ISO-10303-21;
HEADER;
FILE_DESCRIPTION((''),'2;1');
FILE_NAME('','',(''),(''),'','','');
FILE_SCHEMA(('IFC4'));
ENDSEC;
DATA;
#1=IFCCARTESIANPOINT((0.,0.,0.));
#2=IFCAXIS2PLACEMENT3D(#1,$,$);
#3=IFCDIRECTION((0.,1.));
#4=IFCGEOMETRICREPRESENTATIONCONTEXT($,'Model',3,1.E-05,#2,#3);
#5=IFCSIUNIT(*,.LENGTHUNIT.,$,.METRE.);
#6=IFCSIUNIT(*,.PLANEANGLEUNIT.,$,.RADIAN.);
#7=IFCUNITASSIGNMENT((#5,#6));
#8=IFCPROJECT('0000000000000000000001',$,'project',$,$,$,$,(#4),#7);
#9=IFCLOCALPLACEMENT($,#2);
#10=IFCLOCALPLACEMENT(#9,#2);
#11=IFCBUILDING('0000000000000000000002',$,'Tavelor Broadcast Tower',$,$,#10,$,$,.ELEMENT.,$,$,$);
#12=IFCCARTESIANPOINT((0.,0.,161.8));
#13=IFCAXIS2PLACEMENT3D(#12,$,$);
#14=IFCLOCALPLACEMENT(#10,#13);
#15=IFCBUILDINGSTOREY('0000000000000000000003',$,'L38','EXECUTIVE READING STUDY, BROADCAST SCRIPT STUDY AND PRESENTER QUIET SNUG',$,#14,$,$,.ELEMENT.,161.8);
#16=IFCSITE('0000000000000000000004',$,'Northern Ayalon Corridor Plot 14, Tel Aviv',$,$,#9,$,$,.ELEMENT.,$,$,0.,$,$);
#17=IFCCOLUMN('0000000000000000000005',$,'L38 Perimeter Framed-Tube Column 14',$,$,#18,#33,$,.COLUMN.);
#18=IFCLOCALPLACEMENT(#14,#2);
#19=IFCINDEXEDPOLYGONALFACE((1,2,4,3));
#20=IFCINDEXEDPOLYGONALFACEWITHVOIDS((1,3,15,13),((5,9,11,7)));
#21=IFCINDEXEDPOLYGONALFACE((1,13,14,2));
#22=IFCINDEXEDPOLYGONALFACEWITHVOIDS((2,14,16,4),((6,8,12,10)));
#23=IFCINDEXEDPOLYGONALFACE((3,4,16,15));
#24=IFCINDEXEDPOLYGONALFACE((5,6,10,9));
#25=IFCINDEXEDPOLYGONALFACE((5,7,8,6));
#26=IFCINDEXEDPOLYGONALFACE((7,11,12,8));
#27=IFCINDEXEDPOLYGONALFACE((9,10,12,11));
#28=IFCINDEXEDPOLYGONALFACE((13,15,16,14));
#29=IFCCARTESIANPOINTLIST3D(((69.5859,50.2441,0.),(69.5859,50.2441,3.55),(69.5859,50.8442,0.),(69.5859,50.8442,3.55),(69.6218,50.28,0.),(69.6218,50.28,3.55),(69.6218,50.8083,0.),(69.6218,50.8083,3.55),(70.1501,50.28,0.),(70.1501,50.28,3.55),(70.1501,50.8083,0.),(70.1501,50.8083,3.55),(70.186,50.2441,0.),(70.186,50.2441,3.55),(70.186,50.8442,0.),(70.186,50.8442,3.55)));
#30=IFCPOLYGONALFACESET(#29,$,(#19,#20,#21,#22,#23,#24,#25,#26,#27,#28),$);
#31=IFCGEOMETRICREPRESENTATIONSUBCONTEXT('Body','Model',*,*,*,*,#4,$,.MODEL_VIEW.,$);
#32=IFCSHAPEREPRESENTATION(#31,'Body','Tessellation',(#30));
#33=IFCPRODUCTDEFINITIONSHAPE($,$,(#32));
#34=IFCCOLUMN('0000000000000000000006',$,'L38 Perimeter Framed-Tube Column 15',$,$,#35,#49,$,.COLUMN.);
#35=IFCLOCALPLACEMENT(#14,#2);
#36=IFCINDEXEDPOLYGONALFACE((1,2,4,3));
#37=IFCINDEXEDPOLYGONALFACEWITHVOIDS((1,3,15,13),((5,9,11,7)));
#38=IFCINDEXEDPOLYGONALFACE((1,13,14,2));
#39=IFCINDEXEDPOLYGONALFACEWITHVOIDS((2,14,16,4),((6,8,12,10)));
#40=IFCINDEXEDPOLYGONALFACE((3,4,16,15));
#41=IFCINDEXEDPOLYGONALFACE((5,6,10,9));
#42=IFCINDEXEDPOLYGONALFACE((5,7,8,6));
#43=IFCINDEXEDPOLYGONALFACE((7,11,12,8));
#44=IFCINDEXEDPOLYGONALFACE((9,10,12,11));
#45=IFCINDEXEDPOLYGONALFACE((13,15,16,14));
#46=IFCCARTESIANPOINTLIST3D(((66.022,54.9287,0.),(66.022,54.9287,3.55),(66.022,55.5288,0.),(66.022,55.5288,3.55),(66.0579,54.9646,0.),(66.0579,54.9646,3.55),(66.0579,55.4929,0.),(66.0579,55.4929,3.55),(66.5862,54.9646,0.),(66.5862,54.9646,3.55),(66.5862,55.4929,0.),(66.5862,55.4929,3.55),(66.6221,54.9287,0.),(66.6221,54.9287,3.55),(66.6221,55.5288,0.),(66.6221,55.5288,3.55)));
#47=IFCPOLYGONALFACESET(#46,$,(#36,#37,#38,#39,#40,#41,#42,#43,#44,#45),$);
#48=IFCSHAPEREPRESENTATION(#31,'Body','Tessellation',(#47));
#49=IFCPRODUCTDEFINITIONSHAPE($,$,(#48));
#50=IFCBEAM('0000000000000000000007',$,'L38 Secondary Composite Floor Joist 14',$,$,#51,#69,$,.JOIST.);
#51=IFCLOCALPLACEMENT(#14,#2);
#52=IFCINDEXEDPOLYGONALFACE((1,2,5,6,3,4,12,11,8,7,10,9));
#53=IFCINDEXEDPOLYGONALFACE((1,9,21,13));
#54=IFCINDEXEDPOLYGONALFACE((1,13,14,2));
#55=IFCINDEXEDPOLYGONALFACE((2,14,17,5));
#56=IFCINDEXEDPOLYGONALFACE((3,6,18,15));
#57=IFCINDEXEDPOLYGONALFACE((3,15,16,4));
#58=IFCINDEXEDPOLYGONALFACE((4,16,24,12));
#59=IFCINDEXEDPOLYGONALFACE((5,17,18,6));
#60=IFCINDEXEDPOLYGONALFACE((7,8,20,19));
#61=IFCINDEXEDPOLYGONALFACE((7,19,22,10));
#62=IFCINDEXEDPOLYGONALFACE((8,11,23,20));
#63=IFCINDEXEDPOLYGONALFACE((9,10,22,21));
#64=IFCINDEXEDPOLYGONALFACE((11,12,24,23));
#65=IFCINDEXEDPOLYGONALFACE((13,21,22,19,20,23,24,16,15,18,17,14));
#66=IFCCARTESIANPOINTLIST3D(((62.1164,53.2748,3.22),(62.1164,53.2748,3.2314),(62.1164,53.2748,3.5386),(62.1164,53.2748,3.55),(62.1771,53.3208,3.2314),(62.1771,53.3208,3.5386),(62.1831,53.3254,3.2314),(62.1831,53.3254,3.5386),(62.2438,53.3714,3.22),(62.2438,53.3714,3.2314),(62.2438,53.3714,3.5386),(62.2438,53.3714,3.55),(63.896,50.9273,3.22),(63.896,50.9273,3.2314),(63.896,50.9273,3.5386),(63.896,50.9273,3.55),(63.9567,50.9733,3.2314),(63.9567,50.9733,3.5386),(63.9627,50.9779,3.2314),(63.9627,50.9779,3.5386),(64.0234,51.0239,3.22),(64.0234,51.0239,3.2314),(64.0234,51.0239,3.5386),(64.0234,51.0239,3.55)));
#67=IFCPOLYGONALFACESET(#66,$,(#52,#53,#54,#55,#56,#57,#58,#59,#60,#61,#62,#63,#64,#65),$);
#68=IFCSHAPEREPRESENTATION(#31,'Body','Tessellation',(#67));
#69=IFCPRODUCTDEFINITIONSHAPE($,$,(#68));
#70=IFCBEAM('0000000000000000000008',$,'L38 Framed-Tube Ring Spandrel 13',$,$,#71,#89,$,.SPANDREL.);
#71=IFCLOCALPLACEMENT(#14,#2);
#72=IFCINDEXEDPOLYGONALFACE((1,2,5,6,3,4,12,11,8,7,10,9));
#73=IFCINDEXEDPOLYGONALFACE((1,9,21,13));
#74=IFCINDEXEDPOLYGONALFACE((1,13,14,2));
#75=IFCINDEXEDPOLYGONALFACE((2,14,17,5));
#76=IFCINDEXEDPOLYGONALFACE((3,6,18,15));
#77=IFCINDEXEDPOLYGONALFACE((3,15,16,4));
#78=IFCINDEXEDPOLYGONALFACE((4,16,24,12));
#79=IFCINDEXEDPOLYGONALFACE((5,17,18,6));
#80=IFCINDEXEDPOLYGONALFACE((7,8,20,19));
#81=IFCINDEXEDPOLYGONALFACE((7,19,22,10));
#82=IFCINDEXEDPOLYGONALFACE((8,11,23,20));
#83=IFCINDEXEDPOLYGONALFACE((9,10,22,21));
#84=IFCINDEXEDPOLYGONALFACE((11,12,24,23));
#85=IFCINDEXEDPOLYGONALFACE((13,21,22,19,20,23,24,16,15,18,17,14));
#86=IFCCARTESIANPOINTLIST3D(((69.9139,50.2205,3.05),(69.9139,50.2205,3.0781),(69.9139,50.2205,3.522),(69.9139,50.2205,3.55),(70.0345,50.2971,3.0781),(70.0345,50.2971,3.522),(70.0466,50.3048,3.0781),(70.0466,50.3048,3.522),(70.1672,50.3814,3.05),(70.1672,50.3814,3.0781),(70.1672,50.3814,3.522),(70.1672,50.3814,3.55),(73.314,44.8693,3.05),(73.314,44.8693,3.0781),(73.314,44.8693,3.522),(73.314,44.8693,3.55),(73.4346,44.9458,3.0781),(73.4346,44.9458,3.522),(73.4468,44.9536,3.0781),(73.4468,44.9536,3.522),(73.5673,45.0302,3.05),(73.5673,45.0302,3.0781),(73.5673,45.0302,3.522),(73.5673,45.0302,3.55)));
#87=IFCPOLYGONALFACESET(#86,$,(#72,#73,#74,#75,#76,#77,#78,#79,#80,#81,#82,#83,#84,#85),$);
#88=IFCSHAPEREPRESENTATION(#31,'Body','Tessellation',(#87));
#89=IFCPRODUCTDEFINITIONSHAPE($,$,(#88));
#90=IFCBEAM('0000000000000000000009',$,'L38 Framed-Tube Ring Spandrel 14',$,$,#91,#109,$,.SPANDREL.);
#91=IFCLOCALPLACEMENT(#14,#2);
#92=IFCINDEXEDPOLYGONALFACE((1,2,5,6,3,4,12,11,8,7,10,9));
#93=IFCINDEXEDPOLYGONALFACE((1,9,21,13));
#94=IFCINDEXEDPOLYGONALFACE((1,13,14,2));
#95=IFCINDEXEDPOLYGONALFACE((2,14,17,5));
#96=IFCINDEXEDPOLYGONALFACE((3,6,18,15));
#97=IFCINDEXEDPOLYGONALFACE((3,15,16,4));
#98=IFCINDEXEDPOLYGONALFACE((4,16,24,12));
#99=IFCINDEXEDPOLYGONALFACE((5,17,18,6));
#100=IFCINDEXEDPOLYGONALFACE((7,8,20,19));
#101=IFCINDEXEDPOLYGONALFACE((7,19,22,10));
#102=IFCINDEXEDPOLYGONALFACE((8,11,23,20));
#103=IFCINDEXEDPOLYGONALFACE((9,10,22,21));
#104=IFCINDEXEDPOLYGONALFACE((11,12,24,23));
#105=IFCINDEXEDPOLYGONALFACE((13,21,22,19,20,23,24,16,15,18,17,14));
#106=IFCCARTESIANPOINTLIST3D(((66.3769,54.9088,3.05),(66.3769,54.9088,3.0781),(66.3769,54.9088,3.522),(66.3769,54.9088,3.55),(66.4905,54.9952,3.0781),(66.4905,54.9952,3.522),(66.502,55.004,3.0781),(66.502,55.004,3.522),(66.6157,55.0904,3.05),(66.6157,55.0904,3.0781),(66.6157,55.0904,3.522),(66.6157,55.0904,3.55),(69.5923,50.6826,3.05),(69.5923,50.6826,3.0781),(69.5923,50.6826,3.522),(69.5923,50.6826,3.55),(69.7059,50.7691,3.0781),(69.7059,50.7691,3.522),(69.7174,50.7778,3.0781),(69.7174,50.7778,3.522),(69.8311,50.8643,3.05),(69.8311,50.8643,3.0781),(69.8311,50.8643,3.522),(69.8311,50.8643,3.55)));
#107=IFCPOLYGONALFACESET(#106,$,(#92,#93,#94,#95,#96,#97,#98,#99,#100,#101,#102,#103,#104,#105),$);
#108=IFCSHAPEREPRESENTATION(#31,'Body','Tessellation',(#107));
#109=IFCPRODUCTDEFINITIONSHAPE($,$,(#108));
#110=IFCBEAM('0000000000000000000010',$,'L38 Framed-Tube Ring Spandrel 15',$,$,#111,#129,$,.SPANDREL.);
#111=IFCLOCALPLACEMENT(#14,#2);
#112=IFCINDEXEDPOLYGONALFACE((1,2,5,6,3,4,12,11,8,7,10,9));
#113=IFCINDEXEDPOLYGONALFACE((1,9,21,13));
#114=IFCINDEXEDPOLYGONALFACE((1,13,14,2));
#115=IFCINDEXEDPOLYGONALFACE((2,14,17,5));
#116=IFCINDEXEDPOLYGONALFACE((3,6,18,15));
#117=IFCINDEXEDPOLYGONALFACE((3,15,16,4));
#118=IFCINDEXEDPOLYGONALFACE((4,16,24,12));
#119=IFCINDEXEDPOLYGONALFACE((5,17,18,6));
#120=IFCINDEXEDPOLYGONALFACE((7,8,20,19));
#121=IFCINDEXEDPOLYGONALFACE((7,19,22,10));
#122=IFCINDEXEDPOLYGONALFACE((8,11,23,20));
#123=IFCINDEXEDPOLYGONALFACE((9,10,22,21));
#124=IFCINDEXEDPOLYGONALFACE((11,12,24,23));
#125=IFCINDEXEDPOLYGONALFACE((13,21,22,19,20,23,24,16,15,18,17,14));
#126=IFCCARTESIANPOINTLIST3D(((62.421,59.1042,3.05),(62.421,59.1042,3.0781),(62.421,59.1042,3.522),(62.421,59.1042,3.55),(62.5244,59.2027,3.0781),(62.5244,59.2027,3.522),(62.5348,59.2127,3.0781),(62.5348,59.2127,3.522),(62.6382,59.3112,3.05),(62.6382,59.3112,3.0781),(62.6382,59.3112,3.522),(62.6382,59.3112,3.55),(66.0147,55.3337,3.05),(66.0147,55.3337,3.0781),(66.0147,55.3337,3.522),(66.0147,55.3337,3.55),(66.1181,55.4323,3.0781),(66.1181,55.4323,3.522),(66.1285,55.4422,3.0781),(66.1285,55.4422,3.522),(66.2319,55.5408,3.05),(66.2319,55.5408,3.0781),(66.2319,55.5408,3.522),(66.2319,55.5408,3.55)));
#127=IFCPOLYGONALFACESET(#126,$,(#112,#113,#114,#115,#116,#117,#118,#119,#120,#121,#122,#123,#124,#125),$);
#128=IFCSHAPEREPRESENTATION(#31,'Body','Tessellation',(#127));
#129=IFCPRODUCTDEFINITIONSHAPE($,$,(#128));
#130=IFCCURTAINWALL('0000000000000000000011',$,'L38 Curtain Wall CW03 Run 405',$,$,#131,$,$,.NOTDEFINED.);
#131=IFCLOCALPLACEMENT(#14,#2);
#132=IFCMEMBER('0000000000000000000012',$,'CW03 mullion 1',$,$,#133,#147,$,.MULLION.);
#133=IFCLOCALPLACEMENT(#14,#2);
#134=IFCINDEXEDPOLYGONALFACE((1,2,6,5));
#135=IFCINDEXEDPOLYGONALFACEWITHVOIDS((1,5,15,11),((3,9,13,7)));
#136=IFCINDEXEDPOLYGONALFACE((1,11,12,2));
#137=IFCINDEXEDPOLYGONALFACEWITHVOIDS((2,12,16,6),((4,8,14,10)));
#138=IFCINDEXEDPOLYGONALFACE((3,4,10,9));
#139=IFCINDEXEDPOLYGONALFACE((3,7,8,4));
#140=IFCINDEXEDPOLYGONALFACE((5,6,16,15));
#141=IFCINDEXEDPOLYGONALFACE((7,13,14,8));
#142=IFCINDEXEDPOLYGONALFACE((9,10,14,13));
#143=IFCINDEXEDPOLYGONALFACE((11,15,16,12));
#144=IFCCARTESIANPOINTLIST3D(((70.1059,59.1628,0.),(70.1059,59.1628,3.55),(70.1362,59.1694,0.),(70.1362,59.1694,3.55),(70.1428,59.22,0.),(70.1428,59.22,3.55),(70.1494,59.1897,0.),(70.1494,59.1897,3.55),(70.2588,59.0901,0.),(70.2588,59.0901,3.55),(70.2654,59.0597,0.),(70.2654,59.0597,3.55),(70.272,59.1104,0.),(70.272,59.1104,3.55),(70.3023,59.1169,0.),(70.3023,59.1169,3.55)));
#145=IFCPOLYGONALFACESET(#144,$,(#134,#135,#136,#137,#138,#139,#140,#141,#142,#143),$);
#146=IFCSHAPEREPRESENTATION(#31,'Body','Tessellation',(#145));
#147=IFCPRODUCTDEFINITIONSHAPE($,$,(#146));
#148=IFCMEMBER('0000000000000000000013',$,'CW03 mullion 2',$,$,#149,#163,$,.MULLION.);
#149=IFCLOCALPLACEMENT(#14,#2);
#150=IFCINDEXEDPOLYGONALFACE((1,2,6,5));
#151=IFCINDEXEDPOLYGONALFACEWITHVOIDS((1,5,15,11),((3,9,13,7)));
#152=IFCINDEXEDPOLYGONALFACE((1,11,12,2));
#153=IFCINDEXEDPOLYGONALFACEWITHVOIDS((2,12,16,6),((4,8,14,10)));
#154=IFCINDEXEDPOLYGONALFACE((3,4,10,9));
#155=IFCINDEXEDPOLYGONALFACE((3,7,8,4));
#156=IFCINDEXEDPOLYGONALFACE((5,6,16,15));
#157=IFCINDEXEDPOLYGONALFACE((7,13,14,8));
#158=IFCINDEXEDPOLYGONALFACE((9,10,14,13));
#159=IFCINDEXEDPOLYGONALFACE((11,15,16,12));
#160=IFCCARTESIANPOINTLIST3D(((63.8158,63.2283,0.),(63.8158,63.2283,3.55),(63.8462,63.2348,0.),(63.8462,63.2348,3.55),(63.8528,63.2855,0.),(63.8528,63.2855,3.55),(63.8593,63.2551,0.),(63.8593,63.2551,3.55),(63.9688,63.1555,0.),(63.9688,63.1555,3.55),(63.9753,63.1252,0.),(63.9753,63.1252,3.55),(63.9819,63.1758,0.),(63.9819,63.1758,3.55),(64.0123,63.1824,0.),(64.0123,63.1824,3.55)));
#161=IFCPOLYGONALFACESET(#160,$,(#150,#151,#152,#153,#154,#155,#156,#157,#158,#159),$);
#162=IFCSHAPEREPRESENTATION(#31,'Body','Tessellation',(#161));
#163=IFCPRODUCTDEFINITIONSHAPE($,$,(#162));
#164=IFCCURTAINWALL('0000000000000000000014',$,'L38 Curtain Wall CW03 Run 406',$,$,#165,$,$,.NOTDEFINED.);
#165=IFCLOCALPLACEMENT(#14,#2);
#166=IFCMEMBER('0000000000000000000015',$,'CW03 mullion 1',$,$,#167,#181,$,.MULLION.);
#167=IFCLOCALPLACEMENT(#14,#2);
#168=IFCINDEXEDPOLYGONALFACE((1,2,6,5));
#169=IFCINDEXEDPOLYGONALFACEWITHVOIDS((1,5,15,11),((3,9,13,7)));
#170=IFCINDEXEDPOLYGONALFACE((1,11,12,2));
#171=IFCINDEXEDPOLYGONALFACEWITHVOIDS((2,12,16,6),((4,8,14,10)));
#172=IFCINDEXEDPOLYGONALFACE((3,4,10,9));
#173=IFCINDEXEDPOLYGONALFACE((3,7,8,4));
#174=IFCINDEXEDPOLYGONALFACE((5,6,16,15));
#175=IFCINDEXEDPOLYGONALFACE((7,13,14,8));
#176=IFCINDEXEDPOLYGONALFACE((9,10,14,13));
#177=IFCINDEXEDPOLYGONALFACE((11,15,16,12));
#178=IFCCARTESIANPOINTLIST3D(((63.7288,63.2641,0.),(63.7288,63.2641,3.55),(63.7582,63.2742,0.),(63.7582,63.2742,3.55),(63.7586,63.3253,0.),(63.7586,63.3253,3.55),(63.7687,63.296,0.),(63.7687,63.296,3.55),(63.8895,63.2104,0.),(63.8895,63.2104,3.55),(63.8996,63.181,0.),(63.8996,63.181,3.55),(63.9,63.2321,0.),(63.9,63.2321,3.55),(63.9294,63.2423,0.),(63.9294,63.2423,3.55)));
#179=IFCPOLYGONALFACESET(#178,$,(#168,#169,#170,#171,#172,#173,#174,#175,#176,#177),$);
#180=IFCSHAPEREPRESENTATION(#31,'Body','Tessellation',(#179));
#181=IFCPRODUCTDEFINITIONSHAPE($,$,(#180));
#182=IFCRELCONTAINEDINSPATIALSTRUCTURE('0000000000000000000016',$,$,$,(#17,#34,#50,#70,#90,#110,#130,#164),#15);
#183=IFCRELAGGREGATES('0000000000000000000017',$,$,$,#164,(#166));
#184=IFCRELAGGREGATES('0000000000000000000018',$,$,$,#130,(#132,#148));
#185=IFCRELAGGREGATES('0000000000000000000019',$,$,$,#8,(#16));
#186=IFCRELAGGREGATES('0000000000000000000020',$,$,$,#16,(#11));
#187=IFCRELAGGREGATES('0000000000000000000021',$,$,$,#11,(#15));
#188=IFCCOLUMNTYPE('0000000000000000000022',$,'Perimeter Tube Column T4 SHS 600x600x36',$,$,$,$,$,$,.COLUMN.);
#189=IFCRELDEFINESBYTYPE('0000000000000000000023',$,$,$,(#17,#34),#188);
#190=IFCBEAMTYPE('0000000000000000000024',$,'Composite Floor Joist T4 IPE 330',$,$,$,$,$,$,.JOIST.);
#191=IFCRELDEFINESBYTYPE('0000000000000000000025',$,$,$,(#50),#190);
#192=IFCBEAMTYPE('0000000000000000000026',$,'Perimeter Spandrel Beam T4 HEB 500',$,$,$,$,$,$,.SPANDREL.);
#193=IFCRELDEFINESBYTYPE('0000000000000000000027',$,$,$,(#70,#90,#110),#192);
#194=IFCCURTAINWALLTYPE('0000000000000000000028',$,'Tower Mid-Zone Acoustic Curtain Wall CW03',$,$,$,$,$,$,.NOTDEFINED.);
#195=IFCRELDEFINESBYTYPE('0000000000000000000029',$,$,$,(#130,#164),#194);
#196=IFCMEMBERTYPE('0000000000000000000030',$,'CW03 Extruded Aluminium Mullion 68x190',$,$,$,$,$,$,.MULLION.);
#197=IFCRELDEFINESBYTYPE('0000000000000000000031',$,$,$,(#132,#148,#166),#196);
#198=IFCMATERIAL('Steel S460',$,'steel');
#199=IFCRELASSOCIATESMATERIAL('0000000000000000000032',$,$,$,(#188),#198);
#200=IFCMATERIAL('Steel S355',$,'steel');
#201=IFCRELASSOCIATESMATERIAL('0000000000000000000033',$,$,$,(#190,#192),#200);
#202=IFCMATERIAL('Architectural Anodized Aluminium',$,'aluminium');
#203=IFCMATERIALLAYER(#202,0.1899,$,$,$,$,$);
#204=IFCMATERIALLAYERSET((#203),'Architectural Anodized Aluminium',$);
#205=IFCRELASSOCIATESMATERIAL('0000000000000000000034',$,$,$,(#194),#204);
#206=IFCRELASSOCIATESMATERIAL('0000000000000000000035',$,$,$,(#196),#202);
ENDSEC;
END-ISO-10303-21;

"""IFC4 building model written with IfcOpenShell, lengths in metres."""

from ifc_helpers import new_model, si_unit, direction, frame, origin, origin_2d, place, context, subcontext, project, spatial, hollow_rectangle, i_section, extrude, source, transform, mapped, material, layer, layer_set, material_profile, profile_set, type_object, type_shapes, element, aggregate, save


model = new_model("IFC4")

# Units and contexts
model_context = context("Model", 3, precision=1e-05, world=origin(), true_north=direction((0.0, 1.0)))
body_context = subcontext(model_context, "Body", "Model", "MODEL_VIEW")
ifc_project = project(units=[si_unit("LENGTHUNIT", "METRE"), si_unit("PLANEANGLEUNIT", "RADIAN")], contexts=[model_context])

# Site, building, storey
site_placement = place(None, origin())
site = spatial("IfcSite", under=ifc_project, at=site_placement, Name="Northern Ayalon Corridor Plot 14, Tel Aviv", CompositionType="ELEMENT", RefElevation=0.0)
building_placement = place(site_placement, origin())
building = spatial("IfcBuilding", under=site, at=building_placement, Name="Tavelor Broadcast Tower", CompositionType="ELEMENT")
storey_placement = place(building_placement, frame((0.0, 0.0, 161.8)))
storey = spatial("IfcBuildingStorey", under=building, at=storey_placement, Name="L38", Description="EXECUTIVE READING STUDY, BROADCAST SCRIPT STUDY AND PRESENTER QUIET SNUG", CompositionType="ELEMENT", Elevation=161.8)

# Columns
ifc_material_1 = material(Name="Steel S460", Category="steel")
ifc_material_profile_1 = material_profile(ifc_material_1, hollow_rectangle(XDim=0.6001, YDim=0.6001, WallThickness=0.0359, at=origin_2d()), Name="SHS 600x600x36")
ifc_profile_set_1 = profile_set([ifc_material_profile_1], Name="Steel S460")
column_type = type_object("IfcColumnType", Name="Perimeter Tube Column T4 SHS 600x600x36", PredefinedType="COLUMN", material=ifc_profile_set_1)
for number, where, z_axis, x_axis, name in (
    (1, (69.886, 50.5442, 0.0), (0.0, 0.0, 1.0), (1.0, 0.0, 0.0), "L38 Perimeter Framed-Tube Column 14"),
    (2, (66.322, 55.2288, 0.0), (0.0, 0.0, 1.0), (1.0, 0.0, 0.0), "L38 Perimeter Framed-Tube Column 15"),
):
    element("IfcColumn", number, at=place(storey_placement, frame(where, z_axis=z_axis, x_axis=x_axis)), inside=storey, type_object=column_type, Name=name, PredefinedType="COLUMN", context=body_context, shape_type="SweptSolid", body=[
        extrude(hollow_rectangle(XDim=0.6001, YDim=0.6001, WallThickness=0.0359, at=origin_2d()), origin(), (0.0, 0.0, 1.0), 3.55),
    ])

# Beams
ifc_material_2 = material(Name="Steel S355", Category="steel")
ifc_material_profile_2 = material_profile(ifc_material_2, i_section(OverallWidth=0.1599, OverallDepth=0.3301, WebThickness=0.0076, FlangeThickness=0.0115, at=origin_2d()), Name="IPE 330")
ifc_profile_set_2 = profile_set([ifc_material_profile_2], Name="Steel S355")
beam_type_1 = type_object("IfcBeamType", Name="Composite Floor Joist T4 IPE 330", PredefinedType="JOIST", material=ifc_profile_set_2)
beam_1_placement = place(storey_placement, frame((63.9597, 50.9756, 3.385), z_axis=(-0.604116, 0.796896, 0.0), x_axis=(-0.796896, -0.604116, 0.0)))
element("IfcBeam", 3, at=beam_1_placement, inside=storey, type_object=beam_type_1, Name="L38 Secondary Composite Floor Joist 14", PredefinedType="JOIST", context=body_context, shape_type="SweptSolid", body=[
    extrude(i_section(OverallWidth=0.1599, OverallDepth=0.3301, WebThickness=0.0076, FlangeThickness=0.0115, at=origin_2d()), origin(), (0.0, 0.0, 1.0), 2.9458),
])
ifc_material_profile_3 = material_profile(ifc_material_2, i_section(OverallWidth=0.3, OverallDepth=0.5, WebThickness=0.0144, FlangeThickness=0.0281, at=origin_2d()), Name="HEB 500")
ifc_profile_set_3 = profile_set([ifc_material_profile_3], Name="Steel S355")
beam_type_2 = type_object("IfcBeamType", Name="Perimeter Spandrel Beam T4 HEB 500", PredefinedType="SPANDREL", material=ifc_profile_set_3)
beam_2_placement = place(storey_placement, frame((73.4407, 44.9497, 3.3), z_axis=(-0.536287, 0.844035, 0.0), x_axis=(-0.844035, -0.536287, 0.0)))
element("IfcBeam", 4, at=beam_2_placement, inside=storey, type_object=beam_type_2, Name="L38 Framed-Tube Ring Spandrel 13", PredefinedType="SPANDREL", context=body_context, shape_type="SweptSolid", body=[
    extrude(i_section(OverallWidth=0.3, OverallDepth=0.5, WebThickness=0.0144, FlangeThickness=0.0281, at=origin_2d()), origin(), (0.0, 0.0, 1.0), 6.3401),
])
beam_3_placement = place(storey_placement, frame((69.7117, 50.7734, 3.3), z_axis=(-0.605503, 0.795843, 0.0), x_axis=(-0.795843, -0.605503, 0.0)))
element("IfcBeam", 5, at=beam_3_placement, inside=storey, type_object=beam_type_2, Name="L38 Framed-Tube Ring Spandrel 14", PredefinedType="SPANDREL", context=body_context, shape_type="SweptSolid", body=[
    extrude(i_section(OverallWidth=0.3, OverallDepth=0.5, WebThickness=0.0144, FlangeThickness=0.0281, at=origin_2d()), origin(), (0.0, 0.0, 1.0), 5.3103),
])
beam_4_placement = place(storey_placement, frame((66.1233, 55.4373, 3.3), z_axis=(-0.689936, 0.72387, 0.0), x_axis=(-0.72387, -0.689936, 0.0)))
element("IfcBeam", 6, at=beam_4_placement, inside=storey, type_object=beam_type_2, Name="L38 Framed-Tube Ring Spandrel 15", PredefinedType="SPANDREL", context=body_context, shape_type="SweptSolid", body=[
    extrude(i_section(OverallWidth=0.3, OverallDepth=0.5, WebThickness=0.0144, FlangeThickness=0.0281, at=origin_2d()), origin(), (0.0, 0.0, 1.0), 5.2087),
])

# Curtain wall, members
ifc_material_3 = material(Name="Architectural Anodized Aluminium", Category="aluminium")
ifc_layer_1 = layer(ifc_material_3, 0.1899)
ifc_layer_set_1 = layer_set([ifc_layer_1], Name="Architectural Anodized Aluminium")
curtain_wall_type = type_object("IfcCurtainWallType", Name="Tower Mid-Zone Acoustic Curtain Wall CW03", PredefinedType="NOTDEFINED", material=ifc_layer_set_1)
curtain_wall_1_placement = place(storey_placement, origin())
curtain_wall_1 = element("IfcCurtainWall", 7, at=curtain_wall_1_placement, inside=storey, type_object=curtain_wall_type, Name="L38 Curtain Wall CW03 Run 405", PredefinedType="NOTDEFINED")
ifc_material_profile_4 = material_profile(ifc_material_3, hollow_rectangle(XDim=0.0681, YDim=0.1899, WallThickness=0.022, at=origin_2d()), Name="RHS 68x190x22")
ifc_profile_set_4 = profile_set([ifc_material_profile_4], Name="Architectural Anodized Aluminium")
member_type_1 = type_object("IfcMemberType", Name="CW03 Extruded Aluminium Mullion 68x190", PredefinedType="MULLION", material=ifc_profile_set_4)
shared_shape_1 = source(origin(), body_context, "Body", "SweptSolid", [
    extrude(hollow_rectangle(XDim=0.0681, YDim=0.1899, WallThickness=0.022, at=origin_2d()), origin(), (0.0, 0.0, 1.0), 3.55),
])
type_shapes(member_type_1, [shared_shape_1])
member_1_placement = place(storey_placement, frame((70.2041, 59.1399, 0.0), z_axis=(0.0, 0.0, 1.0), x_axis=(-0.542818, -0.83985, 0.0)))
member_1 = element("IfcMember", 8, at=member_1_placement, type_object=member_type_1, Name="CW03 mullion 1", PredefinedType="MULLION", context=body_context, shape_type="MappedRepresentation", body=[
    mapped(shared_shape_1, transform((0.0, 0.0, 0.0), scale=1.0)),
])
member_2_placement = place(storey_placement, frame((63.9141, 63.2053, 0.0), z_axis=(0.0, 0.0, 1.0), x_axis=(-0.542818, -0.83985, 0.0)))
member_2 = element("IfcMember", 9, at=member_2_placement, type_object=member_type_1, Name="CW03 mullion 2", PredefinedType="MULLION", context=body_context, shape_type="MappedRepresentation", body=[
    mapped(shared_shape_1, transform((0.0, 0.0, 0.0), scale=1.0)),
])

# Curtain wall, member
curtain_wall_2_placement = place(storey_placement, origin())
curtain_wall_2 = element("IfcCurtainWall", 10, at=curtain_wall_2_placement, inside=storey, type_object=curtain_wall_type, Name="L38 Curtain Wall CW03 Run 406", PredefinedType="NOTDEFINED")
member_3_placement = place(storey_placement, frame((63.8291, 63.2532, 0.0), z_axis=(0.0, 0.0, 1.0), x_axis=(-0.437178, -0.899375, 0.0)))
member_3 = element("IfcMember", 11, at=member_3_placement, type_object=member_type_1, Name="CW03 mullion 1", PredefinedType="MULLION", context=body_context, shape_type="MappedRepresentation", body=[
    mapped(shared_shape_1, transform((0.0, 0.0, 0.0), scale=1.0)),
])
aggregate(curtain_wall_2, [member_3])

aggregate(curtain_wall_1, [member_1, member_2])

save(model, "model.ifc")
